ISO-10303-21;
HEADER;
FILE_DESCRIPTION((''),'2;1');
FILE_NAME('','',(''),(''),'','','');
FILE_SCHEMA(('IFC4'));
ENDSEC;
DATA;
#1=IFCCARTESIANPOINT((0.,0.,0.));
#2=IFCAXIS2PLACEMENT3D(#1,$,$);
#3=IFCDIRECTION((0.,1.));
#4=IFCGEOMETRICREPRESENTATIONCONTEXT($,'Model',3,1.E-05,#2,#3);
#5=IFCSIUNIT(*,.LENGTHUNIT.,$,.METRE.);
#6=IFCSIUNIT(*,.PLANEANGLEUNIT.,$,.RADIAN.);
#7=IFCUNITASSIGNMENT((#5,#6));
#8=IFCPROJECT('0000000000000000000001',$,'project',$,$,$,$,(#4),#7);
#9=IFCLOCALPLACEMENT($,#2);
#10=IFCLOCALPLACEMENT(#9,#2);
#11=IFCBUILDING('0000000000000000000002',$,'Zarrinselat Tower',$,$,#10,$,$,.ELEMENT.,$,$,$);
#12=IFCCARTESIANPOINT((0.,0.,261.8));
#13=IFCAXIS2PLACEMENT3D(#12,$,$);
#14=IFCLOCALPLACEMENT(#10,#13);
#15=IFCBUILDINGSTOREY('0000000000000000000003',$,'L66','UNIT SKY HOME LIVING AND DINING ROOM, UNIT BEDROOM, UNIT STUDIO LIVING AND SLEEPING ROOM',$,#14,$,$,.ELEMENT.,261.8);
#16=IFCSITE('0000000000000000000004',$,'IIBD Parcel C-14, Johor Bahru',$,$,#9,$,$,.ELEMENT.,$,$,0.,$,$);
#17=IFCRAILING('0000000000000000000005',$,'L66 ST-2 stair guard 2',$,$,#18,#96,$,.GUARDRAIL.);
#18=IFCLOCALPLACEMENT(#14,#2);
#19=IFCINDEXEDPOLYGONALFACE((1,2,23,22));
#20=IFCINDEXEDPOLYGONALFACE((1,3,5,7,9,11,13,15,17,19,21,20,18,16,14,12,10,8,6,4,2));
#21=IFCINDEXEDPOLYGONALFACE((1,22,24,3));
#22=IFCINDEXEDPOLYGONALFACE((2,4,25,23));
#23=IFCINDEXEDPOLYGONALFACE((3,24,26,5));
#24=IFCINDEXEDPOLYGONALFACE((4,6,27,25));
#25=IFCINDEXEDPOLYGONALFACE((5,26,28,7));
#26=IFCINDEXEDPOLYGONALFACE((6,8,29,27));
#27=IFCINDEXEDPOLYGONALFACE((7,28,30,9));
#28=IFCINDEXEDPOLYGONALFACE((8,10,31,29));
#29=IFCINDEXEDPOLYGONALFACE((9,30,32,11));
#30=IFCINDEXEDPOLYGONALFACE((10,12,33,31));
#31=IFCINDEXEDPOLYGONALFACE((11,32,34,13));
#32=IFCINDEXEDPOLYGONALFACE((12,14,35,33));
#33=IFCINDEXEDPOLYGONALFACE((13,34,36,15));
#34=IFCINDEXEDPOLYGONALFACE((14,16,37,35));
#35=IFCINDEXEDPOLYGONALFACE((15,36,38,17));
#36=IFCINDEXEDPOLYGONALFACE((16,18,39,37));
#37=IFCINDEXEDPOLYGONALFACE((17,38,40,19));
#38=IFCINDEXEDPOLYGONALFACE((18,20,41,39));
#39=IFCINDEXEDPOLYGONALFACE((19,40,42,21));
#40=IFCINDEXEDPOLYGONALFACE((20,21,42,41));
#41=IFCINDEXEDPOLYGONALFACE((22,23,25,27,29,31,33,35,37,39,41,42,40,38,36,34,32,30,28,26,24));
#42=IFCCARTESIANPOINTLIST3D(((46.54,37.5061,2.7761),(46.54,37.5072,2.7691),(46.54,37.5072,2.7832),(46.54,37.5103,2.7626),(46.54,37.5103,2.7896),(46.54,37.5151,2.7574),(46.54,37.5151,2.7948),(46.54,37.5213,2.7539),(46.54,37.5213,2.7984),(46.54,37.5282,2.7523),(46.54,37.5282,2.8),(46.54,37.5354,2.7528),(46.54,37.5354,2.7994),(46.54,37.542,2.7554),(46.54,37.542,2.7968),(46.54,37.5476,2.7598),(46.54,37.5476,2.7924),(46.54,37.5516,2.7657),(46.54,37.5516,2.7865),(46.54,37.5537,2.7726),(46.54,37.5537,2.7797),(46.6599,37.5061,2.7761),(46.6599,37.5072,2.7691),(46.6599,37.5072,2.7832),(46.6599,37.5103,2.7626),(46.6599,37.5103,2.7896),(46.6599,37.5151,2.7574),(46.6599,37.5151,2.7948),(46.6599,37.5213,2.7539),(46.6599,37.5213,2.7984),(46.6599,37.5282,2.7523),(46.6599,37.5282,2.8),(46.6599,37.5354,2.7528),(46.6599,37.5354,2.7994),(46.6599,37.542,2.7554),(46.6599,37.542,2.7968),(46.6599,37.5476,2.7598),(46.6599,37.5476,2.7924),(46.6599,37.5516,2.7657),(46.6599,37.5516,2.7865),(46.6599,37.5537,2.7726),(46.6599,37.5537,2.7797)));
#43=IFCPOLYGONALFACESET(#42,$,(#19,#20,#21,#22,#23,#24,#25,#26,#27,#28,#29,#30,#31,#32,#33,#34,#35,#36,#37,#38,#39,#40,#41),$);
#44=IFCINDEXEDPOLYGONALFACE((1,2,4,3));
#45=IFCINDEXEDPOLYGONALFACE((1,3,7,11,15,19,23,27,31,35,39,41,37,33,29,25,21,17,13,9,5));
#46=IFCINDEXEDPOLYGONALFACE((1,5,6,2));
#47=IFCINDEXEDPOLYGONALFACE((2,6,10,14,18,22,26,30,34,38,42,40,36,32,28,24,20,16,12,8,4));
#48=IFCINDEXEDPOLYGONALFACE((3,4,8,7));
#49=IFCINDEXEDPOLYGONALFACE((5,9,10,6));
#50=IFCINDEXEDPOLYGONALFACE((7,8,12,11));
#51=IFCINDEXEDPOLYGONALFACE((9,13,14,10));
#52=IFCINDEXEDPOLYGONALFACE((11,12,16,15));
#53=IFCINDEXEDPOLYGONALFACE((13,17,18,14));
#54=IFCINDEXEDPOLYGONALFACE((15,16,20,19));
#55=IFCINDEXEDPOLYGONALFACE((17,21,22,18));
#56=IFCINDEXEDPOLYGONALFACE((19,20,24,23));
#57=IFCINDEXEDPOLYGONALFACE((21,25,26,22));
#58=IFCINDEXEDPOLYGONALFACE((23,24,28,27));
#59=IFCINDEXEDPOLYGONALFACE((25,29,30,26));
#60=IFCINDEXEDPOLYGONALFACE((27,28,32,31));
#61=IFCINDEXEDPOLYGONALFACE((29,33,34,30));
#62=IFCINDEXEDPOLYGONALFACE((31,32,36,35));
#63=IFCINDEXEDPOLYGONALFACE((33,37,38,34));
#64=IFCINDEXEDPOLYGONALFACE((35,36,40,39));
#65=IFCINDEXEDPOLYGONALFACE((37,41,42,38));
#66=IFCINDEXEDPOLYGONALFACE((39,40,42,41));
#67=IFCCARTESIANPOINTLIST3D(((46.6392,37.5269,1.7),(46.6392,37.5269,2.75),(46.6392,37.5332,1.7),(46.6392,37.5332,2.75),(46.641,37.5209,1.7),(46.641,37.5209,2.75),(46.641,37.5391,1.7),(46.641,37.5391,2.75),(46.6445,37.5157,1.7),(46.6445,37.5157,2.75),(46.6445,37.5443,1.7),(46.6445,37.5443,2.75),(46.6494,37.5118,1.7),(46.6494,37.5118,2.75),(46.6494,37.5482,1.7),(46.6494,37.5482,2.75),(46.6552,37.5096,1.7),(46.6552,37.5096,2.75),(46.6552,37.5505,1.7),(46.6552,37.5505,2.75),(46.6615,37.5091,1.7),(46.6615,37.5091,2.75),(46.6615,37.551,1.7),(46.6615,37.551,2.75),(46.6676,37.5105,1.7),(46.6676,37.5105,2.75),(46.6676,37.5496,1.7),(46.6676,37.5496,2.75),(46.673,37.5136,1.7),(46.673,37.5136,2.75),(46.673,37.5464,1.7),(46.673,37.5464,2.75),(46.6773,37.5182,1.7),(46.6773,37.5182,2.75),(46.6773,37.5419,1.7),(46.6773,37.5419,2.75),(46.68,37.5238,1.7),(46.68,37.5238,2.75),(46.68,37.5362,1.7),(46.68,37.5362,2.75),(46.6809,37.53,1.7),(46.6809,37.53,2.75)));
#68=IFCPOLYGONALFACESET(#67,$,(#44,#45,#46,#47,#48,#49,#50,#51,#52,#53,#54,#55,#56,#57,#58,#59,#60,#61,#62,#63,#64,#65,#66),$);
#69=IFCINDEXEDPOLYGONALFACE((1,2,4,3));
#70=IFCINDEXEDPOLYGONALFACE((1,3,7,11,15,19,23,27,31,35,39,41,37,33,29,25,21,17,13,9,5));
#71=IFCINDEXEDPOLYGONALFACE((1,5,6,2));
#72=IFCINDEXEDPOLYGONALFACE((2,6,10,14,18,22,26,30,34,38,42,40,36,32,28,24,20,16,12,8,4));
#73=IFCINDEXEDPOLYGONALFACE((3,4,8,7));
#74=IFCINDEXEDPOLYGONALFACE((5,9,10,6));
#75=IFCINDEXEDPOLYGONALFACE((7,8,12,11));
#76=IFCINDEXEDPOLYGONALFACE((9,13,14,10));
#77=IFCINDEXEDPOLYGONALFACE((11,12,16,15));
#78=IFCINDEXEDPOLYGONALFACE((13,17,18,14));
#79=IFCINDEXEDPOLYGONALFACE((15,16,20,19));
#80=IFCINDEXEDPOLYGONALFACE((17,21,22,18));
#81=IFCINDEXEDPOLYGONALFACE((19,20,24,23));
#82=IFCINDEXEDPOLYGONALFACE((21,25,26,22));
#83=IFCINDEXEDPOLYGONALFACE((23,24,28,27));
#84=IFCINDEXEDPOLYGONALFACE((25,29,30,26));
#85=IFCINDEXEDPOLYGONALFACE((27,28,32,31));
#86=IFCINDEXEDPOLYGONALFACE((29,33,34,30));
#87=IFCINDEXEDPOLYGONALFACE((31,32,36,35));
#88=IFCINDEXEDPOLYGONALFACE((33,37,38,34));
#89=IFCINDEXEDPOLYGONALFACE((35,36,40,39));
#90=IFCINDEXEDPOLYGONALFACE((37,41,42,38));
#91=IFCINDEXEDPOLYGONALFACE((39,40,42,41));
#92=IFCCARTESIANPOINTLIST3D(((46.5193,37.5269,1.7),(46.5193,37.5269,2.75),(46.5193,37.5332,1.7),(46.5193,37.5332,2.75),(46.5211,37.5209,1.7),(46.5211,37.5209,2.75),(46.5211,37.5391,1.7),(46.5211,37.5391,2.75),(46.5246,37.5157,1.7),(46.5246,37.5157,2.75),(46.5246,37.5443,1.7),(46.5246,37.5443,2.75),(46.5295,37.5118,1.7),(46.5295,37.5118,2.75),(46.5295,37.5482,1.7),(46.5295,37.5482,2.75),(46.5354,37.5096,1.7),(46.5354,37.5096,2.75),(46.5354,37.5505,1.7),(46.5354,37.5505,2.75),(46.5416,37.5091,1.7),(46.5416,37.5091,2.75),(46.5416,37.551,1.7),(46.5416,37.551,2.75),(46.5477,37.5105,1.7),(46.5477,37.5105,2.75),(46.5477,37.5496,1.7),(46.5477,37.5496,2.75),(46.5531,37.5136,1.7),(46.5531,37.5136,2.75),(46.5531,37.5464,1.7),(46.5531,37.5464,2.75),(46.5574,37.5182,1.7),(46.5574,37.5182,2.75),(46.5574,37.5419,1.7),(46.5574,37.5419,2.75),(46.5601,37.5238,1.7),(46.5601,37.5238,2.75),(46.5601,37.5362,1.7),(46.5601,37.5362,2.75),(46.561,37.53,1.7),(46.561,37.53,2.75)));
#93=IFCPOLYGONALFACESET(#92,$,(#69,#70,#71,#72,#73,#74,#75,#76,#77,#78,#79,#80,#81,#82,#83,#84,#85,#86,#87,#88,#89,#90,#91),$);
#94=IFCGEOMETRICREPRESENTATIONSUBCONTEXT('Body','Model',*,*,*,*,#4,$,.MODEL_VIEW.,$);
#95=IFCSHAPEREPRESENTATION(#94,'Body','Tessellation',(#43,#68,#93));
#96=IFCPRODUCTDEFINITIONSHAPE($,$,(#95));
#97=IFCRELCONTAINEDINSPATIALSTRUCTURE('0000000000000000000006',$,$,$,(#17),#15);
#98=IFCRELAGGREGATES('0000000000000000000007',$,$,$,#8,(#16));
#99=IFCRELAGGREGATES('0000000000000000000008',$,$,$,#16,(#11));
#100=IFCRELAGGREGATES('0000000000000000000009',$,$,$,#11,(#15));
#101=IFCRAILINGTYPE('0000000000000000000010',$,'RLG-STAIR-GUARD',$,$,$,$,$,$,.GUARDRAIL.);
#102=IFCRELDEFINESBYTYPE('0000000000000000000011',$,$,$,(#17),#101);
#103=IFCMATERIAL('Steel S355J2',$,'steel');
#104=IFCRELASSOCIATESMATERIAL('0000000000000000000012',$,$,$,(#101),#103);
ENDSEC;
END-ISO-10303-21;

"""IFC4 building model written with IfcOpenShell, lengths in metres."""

from ifc_helpers import new_model, si_unit, direction, frame, origin, origin_2d, place, context, subcontext, project, spatial, circle, extrude, material, type_object, element, save


model = new_model("IFC4")

# Units and contexts
model_context = context("Model", 3, precision=1e-05, world=origin(), true_north=direction((0.0, 1.0)))
body_context = subcontext(model_context, "Body", "Model", "MODEL_VIEW")
ifc_project = project(units=[si_unit("LENGTHUNIT", "METRE"), si_unit("PLANEANGLEUNIT", "RADIAN")], contexts=[model_context])

# Site, building, storey
site_placement = place(None, origin())
site = spatial("IfcSite", under=ifc_project, at=site_placement, Name="IIBD Parcel C-14, Johor Bahru", CompositionType="ELEMENT", RefElevation=0.0)
building_placement = place(site_placement, origin())
building = spatial("IfcBuilding", under=site, at=building_placement, Name="Zarrinselat Tower", CompositionType="ELEMENT")
storey_placement = place(building_placement, frame((0.0, 0.0, 261.8)))
storey = spatial("IfcBuildingStorey", under=building, at=storey_placement, Name="L66", Description="UNIT SKY HOME LIVING AND DINING ROOM, UNIT BEDROOM, UNIT STUDIO LIVING AND SLEEPING ROOM", CompositionType="ELEMENT", Elevation=261.8)

# Railing
ifc_material_1 = material(Name="Steel S355J2", Category="steel")
railing_type_1 = type_object("IfcRailingType", Name="RLG-STAIR-GUARD", PredefinedType="GUARDRAIL", material=ifc_material_1)
railing_1_placement = place(storey_placement, frame((46.6599, 37.53, 1.7)))
element("IfcRailing", 1, at=railing_1_placement, inside=storey, type_object=railing_type_1, Name="L66 ST-2 stair guard 2", PredefinedType="GUARDRAIL", context=body_context, shape_type="SweptSolid", body=[
    extrude(circle(Radius=0.0239, at=origin_2d()), frame((0.0, 0.0, 1.0762), z_axis=(-1.0, 0.0, 0.0), x_axis=(0.0, -1.0, 0.0)), (0.0, 0.0, 1.0), 0.1199),
    extrude(circle(Radius=0.021, at=origin_2d()), origin(), (0.0, 0.0, 1.0), 1.05),
    extrude(circle(Radius=0.021, at=origin_2d()), frame((-0.1199, 0.0, 0.0)), (0.0, 0.0, 1.0), 1.05),
])

save(model, "model.ifc")
